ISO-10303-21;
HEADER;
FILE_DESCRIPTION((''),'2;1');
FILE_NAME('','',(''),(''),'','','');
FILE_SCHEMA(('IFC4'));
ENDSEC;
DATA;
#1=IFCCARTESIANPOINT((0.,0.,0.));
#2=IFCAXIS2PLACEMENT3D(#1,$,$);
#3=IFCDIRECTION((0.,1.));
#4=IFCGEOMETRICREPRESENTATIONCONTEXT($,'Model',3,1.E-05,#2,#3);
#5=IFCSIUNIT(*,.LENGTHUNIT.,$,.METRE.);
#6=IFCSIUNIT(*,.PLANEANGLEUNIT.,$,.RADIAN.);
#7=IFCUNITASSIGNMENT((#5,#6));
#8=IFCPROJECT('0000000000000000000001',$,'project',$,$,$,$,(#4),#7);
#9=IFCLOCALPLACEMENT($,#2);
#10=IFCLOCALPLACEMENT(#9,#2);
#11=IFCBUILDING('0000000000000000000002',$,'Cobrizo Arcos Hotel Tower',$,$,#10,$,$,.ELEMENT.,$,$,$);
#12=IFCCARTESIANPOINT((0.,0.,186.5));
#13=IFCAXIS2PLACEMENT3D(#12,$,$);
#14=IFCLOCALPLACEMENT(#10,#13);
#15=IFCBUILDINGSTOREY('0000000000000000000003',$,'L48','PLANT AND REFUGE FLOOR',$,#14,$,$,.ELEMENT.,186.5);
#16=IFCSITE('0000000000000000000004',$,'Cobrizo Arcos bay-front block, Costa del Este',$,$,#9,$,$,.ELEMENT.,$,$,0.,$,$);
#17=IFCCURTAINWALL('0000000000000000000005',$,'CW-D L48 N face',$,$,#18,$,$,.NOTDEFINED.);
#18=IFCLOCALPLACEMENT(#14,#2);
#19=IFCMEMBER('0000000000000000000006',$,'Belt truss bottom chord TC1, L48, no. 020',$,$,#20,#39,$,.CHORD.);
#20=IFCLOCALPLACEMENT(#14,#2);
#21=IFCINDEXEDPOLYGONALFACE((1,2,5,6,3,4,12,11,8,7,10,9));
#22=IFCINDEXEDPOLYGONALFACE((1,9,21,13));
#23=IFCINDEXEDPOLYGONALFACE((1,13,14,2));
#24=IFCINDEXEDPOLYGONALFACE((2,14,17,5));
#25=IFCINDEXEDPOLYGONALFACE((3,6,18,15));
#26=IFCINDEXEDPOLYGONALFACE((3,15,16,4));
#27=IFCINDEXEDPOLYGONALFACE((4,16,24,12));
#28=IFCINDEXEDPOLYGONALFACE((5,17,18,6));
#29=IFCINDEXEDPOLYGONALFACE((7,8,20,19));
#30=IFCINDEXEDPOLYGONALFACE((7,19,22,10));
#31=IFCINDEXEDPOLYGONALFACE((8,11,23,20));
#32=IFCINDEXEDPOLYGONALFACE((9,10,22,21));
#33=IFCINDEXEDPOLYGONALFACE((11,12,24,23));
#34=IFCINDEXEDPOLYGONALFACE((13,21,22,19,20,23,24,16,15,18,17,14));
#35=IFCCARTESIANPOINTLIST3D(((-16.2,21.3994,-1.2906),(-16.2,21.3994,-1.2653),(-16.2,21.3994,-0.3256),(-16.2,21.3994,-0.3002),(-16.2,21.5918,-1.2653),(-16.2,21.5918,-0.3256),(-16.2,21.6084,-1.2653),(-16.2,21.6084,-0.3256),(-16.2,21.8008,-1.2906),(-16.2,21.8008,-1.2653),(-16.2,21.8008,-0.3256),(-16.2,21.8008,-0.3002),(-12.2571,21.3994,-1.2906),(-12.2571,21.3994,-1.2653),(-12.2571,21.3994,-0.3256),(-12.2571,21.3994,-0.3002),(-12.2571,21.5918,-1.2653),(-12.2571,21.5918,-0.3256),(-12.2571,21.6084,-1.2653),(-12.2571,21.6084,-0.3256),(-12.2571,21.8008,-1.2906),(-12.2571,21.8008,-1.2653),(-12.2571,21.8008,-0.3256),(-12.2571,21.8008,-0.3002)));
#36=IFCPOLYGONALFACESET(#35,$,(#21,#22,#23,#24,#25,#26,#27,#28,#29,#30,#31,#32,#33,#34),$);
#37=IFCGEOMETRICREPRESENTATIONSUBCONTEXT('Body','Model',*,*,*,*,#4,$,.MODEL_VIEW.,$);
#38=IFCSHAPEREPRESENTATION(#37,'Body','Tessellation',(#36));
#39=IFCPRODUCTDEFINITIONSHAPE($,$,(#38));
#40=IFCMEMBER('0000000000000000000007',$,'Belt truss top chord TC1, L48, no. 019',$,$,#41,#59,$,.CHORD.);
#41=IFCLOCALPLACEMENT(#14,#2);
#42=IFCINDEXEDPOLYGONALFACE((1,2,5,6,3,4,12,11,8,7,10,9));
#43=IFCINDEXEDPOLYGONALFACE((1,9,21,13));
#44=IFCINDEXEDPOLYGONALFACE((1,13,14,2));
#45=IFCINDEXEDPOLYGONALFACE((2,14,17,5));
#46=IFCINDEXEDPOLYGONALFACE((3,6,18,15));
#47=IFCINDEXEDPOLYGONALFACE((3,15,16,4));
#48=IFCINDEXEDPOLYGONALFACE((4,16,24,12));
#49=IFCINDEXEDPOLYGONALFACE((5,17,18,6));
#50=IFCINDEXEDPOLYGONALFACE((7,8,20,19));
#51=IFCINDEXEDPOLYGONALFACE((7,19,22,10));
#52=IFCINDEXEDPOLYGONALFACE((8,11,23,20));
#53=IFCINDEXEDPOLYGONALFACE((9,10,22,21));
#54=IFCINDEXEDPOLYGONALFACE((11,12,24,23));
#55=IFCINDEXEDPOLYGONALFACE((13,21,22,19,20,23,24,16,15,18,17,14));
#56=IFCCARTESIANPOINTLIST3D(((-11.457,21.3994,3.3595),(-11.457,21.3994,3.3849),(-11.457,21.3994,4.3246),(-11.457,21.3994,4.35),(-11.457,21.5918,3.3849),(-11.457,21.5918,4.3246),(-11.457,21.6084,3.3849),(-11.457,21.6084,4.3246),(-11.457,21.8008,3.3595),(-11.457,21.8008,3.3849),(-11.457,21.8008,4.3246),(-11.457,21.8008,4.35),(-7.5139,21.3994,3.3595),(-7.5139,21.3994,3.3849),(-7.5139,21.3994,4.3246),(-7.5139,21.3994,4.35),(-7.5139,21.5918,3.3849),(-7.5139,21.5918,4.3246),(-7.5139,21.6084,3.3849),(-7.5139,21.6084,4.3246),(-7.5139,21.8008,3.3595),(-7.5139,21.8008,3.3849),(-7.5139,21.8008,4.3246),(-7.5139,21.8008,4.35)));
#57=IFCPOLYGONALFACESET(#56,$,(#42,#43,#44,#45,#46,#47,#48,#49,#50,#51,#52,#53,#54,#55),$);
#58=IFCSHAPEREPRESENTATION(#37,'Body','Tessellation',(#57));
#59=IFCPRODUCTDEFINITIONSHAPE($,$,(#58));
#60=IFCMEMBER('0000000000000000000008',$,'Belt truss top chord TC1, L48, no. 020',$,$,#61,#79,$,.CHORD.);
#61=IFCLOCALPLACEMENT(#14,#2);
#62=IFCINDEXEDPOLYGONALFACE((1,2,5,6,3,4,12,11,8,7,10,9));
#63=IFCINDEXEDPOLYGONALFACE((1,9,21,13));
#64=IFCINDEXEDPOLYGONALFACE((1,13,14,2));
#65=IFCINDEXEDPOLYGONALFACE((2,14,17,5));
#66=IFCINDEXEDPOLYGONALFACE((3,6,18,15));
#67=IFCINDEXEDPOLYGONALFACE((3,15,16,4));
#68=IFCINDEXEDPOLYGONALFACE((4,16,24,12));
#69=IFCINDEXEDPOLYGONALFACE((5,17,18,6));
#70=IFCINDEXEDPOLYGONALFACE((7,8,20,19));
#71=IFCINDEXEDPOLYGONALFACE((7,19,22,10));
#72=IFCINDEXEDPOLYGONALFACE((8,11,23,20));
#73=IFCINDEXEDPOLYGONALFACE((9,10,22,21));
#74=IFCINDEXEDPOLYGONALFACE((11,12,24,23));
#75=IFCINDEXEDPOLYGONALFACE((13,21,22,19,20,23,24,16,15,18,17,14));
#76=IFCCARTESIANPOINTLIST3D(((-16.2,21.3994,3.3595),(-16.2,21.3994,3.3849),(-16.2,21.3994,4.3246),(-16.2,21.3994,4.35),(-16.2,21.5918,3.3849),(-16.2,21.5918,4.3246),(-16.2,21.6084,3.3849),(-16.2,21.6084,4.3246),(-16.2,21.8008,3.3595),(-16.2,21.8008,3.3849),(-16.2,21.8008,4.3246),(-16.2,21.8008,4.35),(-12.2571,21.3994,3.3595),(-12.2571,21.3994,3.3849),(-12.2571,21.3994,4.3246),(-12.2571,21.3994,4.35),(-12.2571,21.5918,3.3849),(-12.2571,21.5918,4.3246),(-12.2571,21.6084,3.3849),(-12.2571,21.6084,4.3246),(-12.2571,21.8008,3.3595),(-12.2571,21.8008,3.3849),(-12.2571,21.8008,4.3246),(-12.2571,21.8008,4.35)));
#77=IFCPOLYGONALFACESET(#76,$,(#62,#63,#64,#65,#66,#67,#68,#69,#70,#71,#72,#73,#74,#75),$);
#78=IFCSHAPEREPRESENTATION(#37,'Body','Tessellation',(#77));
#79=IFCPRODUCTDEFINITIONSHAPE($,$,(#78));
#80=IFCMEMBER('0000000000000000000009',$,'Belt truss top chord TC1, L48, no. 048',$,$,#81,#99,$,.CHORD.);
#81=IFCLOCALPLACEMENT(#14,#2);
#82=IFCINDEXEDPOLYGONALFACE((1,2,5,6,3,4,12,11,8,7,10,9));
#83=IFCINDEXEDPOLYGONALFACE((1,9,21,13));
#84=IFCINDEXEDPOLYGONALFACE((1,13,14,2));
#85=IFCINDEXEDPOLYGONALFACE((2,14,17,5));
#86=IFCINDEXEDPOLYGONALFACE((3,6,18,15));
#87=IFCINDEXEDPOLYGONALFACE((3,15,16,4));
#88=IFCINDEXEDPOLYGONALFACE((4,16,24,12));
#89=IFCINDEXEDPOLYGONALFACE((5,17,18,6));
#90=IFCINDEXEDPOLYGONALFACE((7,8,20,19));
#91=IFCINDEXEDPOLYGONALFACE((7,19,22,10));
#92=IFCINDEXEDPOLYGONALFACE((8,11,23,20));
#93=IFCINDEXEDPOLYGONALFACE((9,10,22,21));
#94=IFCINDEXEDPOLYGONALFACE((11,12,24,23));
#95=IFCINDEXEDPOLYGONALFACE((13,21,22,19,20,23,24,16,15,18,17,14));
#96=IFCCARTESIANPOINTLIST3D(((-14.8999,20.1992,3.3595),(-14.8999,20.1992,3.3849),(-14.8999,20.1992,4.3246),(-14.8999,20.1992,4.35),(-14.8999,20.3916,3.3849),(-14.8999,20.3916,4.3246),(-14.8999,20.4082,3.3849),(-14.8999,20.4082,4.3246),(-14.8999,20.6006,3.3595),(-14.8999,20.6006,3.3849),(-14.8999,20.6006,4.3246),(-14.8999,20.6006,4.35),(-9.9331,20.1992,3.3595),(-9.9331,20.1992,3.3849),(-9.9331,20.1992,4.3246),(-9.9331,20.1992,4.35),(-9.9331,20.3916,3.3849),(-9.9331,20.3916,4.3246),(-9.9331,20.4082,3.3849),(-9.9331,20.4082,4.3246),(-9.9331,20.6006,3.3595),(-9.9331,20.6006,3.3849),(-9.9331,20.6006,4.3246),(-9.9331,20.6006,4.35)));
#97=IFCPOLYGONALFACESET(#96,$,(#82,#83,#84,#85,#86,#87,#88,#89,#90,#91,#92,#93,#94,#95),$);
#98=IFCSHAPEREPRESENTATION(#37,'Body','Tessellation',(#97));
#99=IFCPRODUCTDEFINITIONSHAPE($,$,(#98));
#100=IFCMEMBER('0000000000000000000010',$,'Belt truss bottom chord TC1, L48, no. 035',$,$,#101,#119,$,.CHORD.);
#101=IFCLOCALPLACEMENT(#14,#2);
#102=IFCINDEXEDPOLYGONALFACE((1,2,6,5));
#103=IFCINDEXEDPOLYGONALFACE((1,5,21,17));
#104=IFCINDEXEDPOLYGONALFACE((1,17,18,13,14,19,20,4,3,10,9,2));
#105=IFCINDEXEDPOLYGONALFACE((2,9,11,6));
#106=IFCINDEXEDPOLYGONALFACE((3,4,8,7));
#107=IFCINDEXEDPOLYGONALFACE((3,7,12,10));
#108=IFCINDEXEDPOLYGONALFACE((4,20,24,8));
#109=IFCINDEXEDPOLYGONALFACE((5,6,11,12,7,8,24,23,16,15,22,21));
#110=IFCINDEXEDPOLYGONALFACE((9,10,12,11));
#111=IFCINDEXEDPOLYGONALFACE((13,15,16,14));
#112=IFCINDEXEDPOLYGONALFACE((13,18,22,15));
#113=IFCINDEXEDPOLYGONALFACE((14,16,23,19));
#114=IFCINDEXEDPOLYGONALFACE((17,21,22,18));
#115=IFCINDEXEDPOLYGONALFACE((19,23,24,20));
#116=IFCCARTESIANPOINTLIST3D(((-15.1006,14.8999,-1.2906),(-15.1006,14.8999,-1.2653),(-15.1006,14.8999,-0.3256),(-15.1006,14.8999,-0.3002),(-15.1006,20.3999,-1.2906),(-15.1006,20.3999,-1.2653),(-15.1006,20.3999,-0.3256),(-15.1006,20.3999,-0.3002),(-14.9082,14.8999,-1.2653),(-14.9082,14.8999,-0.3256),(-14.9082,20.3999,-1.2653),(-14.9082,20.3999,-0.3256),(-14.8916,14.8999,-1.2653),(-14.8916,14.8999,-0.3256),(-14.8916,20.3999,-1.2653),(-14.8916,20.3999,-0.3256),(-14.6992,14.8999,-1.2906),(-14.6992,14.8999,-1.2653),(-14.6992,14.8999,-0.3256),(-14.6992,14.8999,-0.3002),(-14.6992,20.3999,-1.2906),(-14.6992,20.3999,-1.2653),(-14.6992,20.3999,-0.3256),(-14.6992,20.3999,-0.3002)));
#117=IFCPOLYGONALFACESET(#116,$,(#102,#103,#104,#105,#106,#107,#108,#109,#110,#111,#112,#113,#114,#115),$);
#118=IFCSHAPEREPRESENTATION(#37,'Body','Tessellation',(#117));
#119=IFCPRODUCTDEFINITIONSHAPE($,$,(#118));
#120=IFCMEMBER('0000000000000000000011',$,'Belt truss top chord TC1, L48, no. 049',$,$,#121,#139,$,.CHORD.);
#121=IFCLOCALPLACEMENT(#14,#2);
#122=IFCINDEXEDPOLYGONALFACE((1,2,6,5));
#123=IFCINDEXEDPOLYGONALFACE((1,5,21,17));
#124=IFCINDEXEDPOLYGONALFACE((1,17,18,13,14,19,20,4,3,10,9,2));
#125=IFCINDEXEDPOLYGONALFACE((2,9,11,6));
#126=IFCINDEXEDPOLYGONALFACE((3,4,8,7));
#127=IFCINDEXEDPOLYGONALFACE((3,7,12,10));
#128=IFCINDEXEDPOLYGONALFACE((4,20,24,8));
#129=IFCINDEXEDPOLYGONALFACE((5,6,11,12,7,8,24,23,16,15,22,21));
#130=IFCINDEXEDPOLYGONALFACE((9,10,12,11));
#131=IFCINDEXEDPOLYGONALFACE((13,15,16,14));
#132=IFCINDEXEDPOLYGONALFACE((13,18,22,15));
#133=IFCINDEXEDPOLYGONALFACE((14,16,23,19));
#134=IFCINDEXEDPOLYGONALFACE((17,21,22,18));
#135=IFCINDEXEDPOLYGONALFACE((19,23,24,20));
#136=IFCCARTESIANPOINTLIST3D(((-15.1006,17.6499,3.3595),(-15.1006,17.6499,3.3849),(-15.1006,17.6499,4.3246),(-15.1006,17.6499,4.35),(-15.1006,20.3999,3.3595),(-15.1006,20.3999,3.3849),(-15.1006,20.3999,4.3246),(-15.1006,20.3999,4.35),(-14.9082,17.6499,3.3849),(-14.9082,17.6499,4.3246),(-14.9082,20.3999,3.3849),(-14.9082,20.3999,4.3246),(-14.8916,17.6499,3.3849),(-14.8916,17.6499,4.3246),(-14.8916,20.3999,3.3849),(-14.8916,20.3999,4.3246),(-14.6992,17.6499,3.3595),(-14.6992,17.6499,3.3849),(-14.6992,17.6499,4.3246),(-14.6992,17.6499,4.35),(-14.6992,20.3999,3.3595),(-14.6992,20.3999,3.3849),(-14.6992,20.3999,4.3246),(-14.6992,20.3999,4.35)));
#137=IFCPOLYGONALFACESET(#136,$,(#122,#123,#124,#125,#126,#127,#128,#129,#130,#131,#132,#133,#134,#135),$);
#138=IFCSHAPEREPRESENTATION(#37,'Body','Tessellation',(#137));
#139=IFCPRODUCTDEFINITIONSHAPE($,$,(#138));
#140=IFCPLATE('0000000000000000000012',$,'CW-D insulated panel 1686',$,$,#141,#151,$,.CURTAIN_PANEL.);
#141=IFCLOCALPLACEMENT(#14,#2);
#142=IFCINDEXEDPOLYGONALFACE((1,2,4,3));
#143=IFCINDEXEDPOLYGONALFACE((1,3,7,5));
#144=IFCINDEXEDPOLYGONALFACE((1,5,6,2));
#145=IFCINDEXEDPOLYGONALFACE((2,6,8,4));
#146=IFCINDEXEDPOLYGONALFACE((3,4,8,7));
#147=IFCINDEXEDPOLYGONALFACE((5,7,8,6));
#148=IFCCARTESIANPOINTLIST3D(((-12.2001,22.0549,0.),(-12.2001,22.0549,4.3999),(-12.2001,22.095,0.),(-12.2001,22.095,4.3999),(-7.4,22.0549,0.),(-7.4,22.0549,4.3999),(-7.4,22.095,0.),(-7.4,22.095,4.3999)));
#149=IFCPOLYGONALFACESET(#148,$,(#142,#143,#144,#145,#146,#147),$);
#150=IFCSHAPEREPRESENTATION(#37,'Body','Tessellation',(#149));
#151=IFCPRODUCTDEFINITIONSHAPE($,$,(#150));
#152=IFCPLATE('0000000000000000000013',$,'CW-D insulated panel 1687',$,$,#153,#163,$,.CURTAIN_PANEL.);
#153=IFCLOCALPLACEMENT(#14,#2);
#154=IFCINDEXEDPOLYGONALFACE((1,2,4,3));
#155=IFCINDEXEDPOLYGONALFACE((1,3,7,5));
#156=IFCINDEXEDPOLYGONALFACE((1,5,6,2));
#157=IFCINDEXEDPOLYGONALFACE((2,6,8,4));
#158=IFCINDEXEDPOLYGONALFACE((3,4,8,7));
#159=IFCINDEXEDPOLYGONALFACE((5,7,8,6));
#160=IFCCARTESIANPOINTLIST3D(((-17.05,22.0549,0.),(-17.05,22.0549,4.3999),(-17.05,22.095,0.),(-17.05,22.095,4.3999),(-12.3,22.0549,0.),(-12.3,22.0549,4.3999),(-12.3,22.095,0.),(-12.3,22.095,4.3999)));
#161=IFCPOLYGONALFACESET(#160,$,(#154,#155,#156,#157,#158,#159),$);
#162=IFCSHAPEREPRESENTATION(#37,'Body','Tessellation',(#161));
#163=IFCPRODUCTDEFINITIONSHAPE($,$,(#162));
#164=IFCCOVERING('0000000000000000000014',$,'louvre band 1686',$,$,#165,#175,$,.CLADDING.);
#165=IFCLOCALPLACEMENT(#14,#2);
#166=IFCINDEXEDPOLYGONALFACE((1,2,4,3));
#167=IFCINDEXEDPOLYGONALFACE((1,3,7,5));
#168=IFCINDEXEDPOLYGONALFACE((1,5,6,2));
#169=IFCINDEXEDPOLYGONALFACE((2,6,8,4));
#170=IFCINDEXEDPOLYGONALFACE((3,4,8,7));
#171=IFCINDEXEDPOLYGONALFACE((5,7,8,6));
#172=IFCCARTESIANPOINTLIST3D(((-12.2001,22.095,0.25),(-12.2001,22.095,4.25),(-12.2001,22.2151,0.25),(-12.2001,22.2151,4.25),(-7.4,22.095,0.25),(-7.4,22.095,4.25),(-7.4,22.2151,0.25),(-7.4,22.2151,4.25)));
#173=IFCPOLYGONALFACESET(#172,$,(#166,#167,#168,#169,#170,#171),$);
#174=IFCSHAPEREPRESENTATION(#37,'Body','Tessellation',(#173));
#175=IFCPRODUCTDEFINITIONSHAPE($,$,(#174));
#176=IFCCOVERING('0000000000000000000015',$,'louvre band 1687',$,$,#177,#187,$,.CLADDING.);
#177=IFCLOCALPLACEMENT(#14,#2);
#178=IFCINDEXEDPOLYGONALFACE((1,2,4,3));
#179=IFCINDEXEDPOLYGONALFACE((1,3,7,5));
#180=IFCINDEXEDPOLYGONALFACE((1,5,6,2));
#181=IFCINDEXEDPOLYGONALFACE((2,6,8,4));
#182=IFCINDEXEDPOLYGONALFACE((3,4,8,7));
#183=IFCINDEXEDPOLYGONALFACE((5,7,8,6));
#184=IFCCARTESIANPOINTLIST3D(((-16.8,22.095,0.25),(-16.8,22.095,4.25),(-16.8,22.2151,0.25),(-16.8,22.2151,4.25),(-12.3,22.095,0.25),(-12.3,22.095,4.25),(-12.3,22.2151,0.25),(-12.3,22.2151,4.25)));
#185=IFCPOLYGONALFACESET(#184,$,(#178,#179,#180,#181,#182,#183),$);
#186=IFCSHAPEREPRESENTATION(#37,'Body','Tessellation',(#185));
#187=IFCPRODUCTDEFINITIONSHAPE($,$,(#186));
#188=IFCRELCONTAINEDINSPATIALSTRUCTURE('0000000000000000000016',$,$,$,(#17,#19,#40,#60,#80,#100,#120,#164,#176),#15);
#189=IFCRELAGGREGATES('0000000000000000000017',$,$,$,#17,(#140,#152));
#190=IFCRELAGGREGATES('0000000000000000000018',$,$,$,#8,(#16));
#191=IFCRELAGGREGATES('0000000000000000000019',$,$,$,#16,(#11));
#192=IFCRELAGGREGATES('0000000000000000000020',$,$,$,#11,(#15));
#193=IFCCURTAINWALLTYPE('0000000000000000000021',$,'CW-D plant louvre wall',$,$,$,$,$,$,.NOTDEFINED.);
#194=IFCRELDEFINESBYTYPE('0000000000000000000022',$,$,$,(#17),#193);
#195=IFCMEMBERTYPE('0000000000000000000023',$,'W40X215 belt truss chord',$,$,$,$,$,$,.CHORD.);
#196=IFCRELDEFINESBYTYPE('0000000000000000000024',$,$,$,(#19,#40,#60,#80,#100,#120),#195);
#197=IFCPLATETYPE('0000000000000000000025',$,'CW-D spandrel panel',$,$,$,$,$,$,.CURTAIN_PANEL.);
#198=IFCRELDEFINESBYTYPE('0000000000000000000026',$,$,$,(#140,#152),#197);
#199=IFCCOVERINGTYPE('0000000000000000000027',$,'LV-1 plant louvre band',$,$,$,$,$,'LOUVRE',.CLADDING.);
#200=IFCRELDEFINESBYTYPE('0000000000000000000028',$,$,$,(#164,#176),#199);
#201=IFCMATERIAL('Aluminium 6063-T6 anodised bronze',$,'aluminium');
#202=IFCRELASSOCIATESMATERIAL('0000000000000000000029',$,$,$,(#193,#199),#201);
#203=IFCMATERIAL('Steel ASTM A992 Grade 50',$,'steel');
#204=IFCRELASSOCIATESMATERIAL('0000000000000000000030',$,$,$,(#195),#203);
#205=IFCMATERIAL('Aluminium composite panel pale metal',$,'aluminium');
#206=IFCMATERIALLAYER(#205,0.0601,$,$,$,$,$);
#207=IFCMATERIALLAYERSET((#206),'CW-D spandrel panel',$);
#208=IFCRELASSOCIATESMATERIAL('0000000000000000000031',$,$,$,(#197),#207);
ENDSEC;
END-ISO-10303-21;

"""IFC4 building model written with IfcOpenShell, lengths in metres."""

from ifc_helpers import new_model, si_unit, direction, frame, origin, origin_2d, place, context, subcontext, project, spatial, rectangle, i_section, extrude, material, layer, layer_set, material_profile, profile_set, type_object, element, aggregate, save


model = new_model("IFC4")

# Units and contexts
model_context = context("Model", 3, precision=1e-05, world=origin(), true_north=direction((0.0, 1.0)))
body_context = subcontext(model_context, "Body", "Model", "MODEL_VIEW")
ifc_project = project(units=[si_unit("LENGTHUNIT", "METRE"), si_unit("PLANEANGLEUNIT", "RADIAN")], contexts=[model_context])

# Site, building, storey
site_placement = place(None, origin())
site = spatial("IfcSite", under=ifc_project, at=site_placement, Name="Cobrizo Arcos bay-front block, Costa del Este", CompositionType="ELEMENT", RefElevation=0.0)
building_placement = place(site_placement, origin())
building = spatial("IfcBuilding", under=site, at=building_placement, Name="Cobrizo Arcos Hotel Tower", CompositionType="ELEMENT")
storey_placement = place(building_placement, frame((0.0, 0.0, 186.5)))
storey = spatial("IfcBuildingStorey", under=building, at=storey_placement, Name="L48", Description="PLANT AND REFUGE FLOOR", CompositionType="ELEMENT", Elevation=186.5)

# Curtain wall
ifc_material_1 = material(Name="Aluminium 6063-T6 anodised bronze", Category="aluminium")
curtain_wall_type = type_object("IfcCurtainWallType", Name="CW-D plant louvre wall", PredefinedType="NOTDEFINED", material=ifc_material_1)
curtain_wall_placement = place(storey_placement, origin())
curtain_wall = element("IfcCurtainWall", 1, at=curtain_wall_placement, inside=storey, type_object=curtain_wall_type, Name="CW-D L48 N face", PredefinedType="NOTDEFINED")

# Members
ifc_material_2 = material(Name="Steel ASTM A992 Grade 50", Category="steel")
ifc_material_profile_1 = material_profile(ifc_material_2, i_section(OverallWidth=0.4014, OverallDepth=0.9905, WebThickness=0.0166, FlangeThickness=0.0254, at=origin_2d()), Name="W40X215")
ifc_profile_set_1 = profile_set([ifc_material_profile_1], Name="Steel ASTM A992 Grade 50")
member_type_1 = type_object("IfcMemberType", Name="W40X215 belt truss chord", PredefinedType="CHORD", material=ifc_profile_set_1)
member_1_placement = place(storey_placement, frame((-12.2571, 21.6001, -0.7954), z_axis=(-1.0, 0.0, 0.0), x_axis=(0.0, -1.0, 0.0)))
element("IfcMember", 2, at=member_1_placement, inside=storey, type_object=member_type_1, Name="Belt truss bottom chord TC1, L48, no. 020", PredefinedType="CHORD", context=body_context, shape_type="SweptSolid", body=[
    extrude(i_section(OverallWidth=0.4014, OverallDepth=0.9905, WebThickness=0.0166, FlangeThickness=0.0254, at=origin_2d()), origin(), (0.0, 0.0, 1.0), 3.9429),
])
member_2_placement = place(storey_placement, frame((-7.5139, 21.6001, 3.8547), z_axis=(-1.0, 0.0, 0.0), x_axis=(0.0, -1.0, 0.0)))
element("IfcMember", 3, at=member_2_placement, inside=storey, type_object=member_type_1, Name="Belt truss top chord TC1, L48, no. 019", PredefinedType="CHORD", context=body_context, shape_type="SweptSolid", body=[
    extrude(i_section(OverallWidth=0.4014, OverallDepth=0.9905, WebThickness=0.0166, FlangeThickness=0.0254, at=origin_2d()), origin(), (0.0, 0.0, 1.0), 3.9431),
])
member_3_placement = place(storey_placement, frame((-12.2571, 21.6001, 3.8547), z_axis=(-1.0, 0.0, 0.0), x_axis=(0.0, -1.0, 0.0)))
element("IfcMember", 4, at=member_3_placement, inside=storey, type_object=member_type_1, Name="Belt truss top chord TC1, L48, no. 020", PredefinedType="CHORD", context=body_context, shape_type="SweptSolid", body=[
    extrude(i_section(OverallWidth=0.4014, OverallDepth=0.9905, WebThickness=0.0166, FlangeThickness=0.0254, at=origin_2d()), origin(), (0.0, 0.0, 1.0), 3.9429),
])
member_4_placement = place(storey_placement, frame((-9.9331, 20.3999, 3.8547), z_axis=(-1.0, 0.0, 0.0), x_axis=(0.0, -1.0, 0.0)))
element("IfcMember", 5, at=member_4_placement, inside=storey, type_object=member_type_1, Name="Belt truss top chord TC1, L48, no. 048", PredefinedType="CHORD", context=body_context, shape_type="SweptSolid", body=[
    extrude(i_section(OverallWidth=0.4014, OverallDepth=0.9905, WebThickness=0.0166, FlangeThickness=0.0254, at=origin_2d()), origin(), (0.0, 0.0, 1.0), 4.9668),
])
member_5_placement = place(storey_placement, frame((-14.8999, 20.3999, -0.7954), z_axis=(0.0, -1.0, 0.0), x_axis=(1.0, 0.0, 0.0)))
element("IfcMember", 6, at=member_5_placement, inside=storey, type_object=member_type_1, Name="Belt truss bottom chord TC1, L48, no. 035", PredefinedType="CHORD", context=body_context, shape_type="SweptSolid", body=[
    extrude(i_section(OverallWidth=0.4014, OverallDepth=0.9905, WebThickness=0.0166, FlangeThickness=0.0254, at=origin_2d()), origin(), (0.0, 0.0, 1.0), 5.5),
])
member_6_placement = place(storey_placement, frame((-14.8999, 20.3999, 3.8547), z_axis=(0.0, -1.0, 0.0), x_axis=(1.0, 0.0, 0.0)))
element("IfcMember", 7, at=member_6_placement, inside=storey, type_object=member_type_1, Name="Belt truss top chord TC1, L48, no. 049", PredefinedType="CHORD", context=body_context, shape_type="SweptSolid", body=[
    extrude(i_section(OverallWidth=0.4014, OverallDepth=0.9905, WebThickness=0.0166, FlangeThickness=0.0254, at=origin_2d()), origin(), (0.0, 0.0, 1.0), 2.75),
])

# Plates
ifc_material_3 = material(Name="Aluminium composite panel pale metal", Category="aluminium")
ifc_layer = layer(ifc_material_3, 0.0601)
ifc_layer_set = layer_set([ifc_layer], Name="CW-D spandrel panel")
plate_type = type_object("IfcPlateType", Name="CW-D spandrel panel", PredefinedType="CURTAIN_PANEL", material=ifc_layer_set)
plate_1_placement = place(storey_placement, frame((-9.8, 22.075, 0.0), z_axis=(0.0, 0.0, 1.0), x_axis=(-1.0, 0.0, 0.0)))
plate_1 = element("IfcPlate", 8, at=plate_1_placement, type_object=plate_type, Name="CW-D insulated panel 1686", PredefinedType="CURTAIN_PANEL", context=body_context, shape_type="SweptSolid", body=[
    extrude(rectangle(XDim=4.8, YDim=0.04, at=origin_2d()), origin(), (0.0, 0.0, 1.0), 4.3999),
])
plate_2_placement = place(storey_placement, frame((-14.675, 22.075, 0.0), z_axis=(0.0, 0.0, 1.0), x_axis=(-1.0, 0.0, 0.0)))
plate_2 = element("IfcPlate", 9, at=plate_2_placement, type_object=plate_type, Name="CW-D insulated panel 1687", PredefinedType="CURTAIN_PANEL", context=body_context, shape_type="SweptSolid", body=[
    extrude(rectangle(XDim=4.75, YDim=0.04, at=origin_2d()), origin(), (0.0, 0.0, 1.0), 4.3999),
])
aggregate(curtain_wall, [plate_1, plate_2])

# Coverings
covering_type = type_object("IfcCoveringType", Name="LV-1 plant louvre band", ElementType="LOUVRE", PredefinedType="CLADDING", material=ifc_material_1)
covering_1_placement = place(storey_placement, frame((-9.8, 22.155, 0.25), z_axis=(0.0, 0.0, 1.0), x_axis=(-1.0, 0.0, 0.0)))
element("IfcCovering", 10, at=covering_1_placement, inside=storey, type_object=covering_type, Name="louvre band 1686", PredefinedType="CLADDING", context=body_context, shape_type="SweptSolid", body=[
    extrude(rectangle(XDim=4.8, YDim=0.1201, at=origin_2d()), origin(), (0.0, 0.0, 1.0), 4.0),
])
covering_2_placement = place(storey_placement, frame((-14.55, 22.155, 0.25), z_axis=(0.0, 0.0, 1.0), x_axis=(-1.0, 0.0, 0.0)))
element("IfcCovering", 11, at=covering_2_placement, inside=storey, type_object=covering_type, Name="louvre band 1687", PredefinedType="CLADDING", context=body_context, shape_type="SweptSolid", body=[
    extrude(rectangle(XDim=4.5, YDim=0.1201, at=origin_2d()), origin(), (0.0, 0.0, 1.0), 4.0),
])

save(model, "model.ifc")
